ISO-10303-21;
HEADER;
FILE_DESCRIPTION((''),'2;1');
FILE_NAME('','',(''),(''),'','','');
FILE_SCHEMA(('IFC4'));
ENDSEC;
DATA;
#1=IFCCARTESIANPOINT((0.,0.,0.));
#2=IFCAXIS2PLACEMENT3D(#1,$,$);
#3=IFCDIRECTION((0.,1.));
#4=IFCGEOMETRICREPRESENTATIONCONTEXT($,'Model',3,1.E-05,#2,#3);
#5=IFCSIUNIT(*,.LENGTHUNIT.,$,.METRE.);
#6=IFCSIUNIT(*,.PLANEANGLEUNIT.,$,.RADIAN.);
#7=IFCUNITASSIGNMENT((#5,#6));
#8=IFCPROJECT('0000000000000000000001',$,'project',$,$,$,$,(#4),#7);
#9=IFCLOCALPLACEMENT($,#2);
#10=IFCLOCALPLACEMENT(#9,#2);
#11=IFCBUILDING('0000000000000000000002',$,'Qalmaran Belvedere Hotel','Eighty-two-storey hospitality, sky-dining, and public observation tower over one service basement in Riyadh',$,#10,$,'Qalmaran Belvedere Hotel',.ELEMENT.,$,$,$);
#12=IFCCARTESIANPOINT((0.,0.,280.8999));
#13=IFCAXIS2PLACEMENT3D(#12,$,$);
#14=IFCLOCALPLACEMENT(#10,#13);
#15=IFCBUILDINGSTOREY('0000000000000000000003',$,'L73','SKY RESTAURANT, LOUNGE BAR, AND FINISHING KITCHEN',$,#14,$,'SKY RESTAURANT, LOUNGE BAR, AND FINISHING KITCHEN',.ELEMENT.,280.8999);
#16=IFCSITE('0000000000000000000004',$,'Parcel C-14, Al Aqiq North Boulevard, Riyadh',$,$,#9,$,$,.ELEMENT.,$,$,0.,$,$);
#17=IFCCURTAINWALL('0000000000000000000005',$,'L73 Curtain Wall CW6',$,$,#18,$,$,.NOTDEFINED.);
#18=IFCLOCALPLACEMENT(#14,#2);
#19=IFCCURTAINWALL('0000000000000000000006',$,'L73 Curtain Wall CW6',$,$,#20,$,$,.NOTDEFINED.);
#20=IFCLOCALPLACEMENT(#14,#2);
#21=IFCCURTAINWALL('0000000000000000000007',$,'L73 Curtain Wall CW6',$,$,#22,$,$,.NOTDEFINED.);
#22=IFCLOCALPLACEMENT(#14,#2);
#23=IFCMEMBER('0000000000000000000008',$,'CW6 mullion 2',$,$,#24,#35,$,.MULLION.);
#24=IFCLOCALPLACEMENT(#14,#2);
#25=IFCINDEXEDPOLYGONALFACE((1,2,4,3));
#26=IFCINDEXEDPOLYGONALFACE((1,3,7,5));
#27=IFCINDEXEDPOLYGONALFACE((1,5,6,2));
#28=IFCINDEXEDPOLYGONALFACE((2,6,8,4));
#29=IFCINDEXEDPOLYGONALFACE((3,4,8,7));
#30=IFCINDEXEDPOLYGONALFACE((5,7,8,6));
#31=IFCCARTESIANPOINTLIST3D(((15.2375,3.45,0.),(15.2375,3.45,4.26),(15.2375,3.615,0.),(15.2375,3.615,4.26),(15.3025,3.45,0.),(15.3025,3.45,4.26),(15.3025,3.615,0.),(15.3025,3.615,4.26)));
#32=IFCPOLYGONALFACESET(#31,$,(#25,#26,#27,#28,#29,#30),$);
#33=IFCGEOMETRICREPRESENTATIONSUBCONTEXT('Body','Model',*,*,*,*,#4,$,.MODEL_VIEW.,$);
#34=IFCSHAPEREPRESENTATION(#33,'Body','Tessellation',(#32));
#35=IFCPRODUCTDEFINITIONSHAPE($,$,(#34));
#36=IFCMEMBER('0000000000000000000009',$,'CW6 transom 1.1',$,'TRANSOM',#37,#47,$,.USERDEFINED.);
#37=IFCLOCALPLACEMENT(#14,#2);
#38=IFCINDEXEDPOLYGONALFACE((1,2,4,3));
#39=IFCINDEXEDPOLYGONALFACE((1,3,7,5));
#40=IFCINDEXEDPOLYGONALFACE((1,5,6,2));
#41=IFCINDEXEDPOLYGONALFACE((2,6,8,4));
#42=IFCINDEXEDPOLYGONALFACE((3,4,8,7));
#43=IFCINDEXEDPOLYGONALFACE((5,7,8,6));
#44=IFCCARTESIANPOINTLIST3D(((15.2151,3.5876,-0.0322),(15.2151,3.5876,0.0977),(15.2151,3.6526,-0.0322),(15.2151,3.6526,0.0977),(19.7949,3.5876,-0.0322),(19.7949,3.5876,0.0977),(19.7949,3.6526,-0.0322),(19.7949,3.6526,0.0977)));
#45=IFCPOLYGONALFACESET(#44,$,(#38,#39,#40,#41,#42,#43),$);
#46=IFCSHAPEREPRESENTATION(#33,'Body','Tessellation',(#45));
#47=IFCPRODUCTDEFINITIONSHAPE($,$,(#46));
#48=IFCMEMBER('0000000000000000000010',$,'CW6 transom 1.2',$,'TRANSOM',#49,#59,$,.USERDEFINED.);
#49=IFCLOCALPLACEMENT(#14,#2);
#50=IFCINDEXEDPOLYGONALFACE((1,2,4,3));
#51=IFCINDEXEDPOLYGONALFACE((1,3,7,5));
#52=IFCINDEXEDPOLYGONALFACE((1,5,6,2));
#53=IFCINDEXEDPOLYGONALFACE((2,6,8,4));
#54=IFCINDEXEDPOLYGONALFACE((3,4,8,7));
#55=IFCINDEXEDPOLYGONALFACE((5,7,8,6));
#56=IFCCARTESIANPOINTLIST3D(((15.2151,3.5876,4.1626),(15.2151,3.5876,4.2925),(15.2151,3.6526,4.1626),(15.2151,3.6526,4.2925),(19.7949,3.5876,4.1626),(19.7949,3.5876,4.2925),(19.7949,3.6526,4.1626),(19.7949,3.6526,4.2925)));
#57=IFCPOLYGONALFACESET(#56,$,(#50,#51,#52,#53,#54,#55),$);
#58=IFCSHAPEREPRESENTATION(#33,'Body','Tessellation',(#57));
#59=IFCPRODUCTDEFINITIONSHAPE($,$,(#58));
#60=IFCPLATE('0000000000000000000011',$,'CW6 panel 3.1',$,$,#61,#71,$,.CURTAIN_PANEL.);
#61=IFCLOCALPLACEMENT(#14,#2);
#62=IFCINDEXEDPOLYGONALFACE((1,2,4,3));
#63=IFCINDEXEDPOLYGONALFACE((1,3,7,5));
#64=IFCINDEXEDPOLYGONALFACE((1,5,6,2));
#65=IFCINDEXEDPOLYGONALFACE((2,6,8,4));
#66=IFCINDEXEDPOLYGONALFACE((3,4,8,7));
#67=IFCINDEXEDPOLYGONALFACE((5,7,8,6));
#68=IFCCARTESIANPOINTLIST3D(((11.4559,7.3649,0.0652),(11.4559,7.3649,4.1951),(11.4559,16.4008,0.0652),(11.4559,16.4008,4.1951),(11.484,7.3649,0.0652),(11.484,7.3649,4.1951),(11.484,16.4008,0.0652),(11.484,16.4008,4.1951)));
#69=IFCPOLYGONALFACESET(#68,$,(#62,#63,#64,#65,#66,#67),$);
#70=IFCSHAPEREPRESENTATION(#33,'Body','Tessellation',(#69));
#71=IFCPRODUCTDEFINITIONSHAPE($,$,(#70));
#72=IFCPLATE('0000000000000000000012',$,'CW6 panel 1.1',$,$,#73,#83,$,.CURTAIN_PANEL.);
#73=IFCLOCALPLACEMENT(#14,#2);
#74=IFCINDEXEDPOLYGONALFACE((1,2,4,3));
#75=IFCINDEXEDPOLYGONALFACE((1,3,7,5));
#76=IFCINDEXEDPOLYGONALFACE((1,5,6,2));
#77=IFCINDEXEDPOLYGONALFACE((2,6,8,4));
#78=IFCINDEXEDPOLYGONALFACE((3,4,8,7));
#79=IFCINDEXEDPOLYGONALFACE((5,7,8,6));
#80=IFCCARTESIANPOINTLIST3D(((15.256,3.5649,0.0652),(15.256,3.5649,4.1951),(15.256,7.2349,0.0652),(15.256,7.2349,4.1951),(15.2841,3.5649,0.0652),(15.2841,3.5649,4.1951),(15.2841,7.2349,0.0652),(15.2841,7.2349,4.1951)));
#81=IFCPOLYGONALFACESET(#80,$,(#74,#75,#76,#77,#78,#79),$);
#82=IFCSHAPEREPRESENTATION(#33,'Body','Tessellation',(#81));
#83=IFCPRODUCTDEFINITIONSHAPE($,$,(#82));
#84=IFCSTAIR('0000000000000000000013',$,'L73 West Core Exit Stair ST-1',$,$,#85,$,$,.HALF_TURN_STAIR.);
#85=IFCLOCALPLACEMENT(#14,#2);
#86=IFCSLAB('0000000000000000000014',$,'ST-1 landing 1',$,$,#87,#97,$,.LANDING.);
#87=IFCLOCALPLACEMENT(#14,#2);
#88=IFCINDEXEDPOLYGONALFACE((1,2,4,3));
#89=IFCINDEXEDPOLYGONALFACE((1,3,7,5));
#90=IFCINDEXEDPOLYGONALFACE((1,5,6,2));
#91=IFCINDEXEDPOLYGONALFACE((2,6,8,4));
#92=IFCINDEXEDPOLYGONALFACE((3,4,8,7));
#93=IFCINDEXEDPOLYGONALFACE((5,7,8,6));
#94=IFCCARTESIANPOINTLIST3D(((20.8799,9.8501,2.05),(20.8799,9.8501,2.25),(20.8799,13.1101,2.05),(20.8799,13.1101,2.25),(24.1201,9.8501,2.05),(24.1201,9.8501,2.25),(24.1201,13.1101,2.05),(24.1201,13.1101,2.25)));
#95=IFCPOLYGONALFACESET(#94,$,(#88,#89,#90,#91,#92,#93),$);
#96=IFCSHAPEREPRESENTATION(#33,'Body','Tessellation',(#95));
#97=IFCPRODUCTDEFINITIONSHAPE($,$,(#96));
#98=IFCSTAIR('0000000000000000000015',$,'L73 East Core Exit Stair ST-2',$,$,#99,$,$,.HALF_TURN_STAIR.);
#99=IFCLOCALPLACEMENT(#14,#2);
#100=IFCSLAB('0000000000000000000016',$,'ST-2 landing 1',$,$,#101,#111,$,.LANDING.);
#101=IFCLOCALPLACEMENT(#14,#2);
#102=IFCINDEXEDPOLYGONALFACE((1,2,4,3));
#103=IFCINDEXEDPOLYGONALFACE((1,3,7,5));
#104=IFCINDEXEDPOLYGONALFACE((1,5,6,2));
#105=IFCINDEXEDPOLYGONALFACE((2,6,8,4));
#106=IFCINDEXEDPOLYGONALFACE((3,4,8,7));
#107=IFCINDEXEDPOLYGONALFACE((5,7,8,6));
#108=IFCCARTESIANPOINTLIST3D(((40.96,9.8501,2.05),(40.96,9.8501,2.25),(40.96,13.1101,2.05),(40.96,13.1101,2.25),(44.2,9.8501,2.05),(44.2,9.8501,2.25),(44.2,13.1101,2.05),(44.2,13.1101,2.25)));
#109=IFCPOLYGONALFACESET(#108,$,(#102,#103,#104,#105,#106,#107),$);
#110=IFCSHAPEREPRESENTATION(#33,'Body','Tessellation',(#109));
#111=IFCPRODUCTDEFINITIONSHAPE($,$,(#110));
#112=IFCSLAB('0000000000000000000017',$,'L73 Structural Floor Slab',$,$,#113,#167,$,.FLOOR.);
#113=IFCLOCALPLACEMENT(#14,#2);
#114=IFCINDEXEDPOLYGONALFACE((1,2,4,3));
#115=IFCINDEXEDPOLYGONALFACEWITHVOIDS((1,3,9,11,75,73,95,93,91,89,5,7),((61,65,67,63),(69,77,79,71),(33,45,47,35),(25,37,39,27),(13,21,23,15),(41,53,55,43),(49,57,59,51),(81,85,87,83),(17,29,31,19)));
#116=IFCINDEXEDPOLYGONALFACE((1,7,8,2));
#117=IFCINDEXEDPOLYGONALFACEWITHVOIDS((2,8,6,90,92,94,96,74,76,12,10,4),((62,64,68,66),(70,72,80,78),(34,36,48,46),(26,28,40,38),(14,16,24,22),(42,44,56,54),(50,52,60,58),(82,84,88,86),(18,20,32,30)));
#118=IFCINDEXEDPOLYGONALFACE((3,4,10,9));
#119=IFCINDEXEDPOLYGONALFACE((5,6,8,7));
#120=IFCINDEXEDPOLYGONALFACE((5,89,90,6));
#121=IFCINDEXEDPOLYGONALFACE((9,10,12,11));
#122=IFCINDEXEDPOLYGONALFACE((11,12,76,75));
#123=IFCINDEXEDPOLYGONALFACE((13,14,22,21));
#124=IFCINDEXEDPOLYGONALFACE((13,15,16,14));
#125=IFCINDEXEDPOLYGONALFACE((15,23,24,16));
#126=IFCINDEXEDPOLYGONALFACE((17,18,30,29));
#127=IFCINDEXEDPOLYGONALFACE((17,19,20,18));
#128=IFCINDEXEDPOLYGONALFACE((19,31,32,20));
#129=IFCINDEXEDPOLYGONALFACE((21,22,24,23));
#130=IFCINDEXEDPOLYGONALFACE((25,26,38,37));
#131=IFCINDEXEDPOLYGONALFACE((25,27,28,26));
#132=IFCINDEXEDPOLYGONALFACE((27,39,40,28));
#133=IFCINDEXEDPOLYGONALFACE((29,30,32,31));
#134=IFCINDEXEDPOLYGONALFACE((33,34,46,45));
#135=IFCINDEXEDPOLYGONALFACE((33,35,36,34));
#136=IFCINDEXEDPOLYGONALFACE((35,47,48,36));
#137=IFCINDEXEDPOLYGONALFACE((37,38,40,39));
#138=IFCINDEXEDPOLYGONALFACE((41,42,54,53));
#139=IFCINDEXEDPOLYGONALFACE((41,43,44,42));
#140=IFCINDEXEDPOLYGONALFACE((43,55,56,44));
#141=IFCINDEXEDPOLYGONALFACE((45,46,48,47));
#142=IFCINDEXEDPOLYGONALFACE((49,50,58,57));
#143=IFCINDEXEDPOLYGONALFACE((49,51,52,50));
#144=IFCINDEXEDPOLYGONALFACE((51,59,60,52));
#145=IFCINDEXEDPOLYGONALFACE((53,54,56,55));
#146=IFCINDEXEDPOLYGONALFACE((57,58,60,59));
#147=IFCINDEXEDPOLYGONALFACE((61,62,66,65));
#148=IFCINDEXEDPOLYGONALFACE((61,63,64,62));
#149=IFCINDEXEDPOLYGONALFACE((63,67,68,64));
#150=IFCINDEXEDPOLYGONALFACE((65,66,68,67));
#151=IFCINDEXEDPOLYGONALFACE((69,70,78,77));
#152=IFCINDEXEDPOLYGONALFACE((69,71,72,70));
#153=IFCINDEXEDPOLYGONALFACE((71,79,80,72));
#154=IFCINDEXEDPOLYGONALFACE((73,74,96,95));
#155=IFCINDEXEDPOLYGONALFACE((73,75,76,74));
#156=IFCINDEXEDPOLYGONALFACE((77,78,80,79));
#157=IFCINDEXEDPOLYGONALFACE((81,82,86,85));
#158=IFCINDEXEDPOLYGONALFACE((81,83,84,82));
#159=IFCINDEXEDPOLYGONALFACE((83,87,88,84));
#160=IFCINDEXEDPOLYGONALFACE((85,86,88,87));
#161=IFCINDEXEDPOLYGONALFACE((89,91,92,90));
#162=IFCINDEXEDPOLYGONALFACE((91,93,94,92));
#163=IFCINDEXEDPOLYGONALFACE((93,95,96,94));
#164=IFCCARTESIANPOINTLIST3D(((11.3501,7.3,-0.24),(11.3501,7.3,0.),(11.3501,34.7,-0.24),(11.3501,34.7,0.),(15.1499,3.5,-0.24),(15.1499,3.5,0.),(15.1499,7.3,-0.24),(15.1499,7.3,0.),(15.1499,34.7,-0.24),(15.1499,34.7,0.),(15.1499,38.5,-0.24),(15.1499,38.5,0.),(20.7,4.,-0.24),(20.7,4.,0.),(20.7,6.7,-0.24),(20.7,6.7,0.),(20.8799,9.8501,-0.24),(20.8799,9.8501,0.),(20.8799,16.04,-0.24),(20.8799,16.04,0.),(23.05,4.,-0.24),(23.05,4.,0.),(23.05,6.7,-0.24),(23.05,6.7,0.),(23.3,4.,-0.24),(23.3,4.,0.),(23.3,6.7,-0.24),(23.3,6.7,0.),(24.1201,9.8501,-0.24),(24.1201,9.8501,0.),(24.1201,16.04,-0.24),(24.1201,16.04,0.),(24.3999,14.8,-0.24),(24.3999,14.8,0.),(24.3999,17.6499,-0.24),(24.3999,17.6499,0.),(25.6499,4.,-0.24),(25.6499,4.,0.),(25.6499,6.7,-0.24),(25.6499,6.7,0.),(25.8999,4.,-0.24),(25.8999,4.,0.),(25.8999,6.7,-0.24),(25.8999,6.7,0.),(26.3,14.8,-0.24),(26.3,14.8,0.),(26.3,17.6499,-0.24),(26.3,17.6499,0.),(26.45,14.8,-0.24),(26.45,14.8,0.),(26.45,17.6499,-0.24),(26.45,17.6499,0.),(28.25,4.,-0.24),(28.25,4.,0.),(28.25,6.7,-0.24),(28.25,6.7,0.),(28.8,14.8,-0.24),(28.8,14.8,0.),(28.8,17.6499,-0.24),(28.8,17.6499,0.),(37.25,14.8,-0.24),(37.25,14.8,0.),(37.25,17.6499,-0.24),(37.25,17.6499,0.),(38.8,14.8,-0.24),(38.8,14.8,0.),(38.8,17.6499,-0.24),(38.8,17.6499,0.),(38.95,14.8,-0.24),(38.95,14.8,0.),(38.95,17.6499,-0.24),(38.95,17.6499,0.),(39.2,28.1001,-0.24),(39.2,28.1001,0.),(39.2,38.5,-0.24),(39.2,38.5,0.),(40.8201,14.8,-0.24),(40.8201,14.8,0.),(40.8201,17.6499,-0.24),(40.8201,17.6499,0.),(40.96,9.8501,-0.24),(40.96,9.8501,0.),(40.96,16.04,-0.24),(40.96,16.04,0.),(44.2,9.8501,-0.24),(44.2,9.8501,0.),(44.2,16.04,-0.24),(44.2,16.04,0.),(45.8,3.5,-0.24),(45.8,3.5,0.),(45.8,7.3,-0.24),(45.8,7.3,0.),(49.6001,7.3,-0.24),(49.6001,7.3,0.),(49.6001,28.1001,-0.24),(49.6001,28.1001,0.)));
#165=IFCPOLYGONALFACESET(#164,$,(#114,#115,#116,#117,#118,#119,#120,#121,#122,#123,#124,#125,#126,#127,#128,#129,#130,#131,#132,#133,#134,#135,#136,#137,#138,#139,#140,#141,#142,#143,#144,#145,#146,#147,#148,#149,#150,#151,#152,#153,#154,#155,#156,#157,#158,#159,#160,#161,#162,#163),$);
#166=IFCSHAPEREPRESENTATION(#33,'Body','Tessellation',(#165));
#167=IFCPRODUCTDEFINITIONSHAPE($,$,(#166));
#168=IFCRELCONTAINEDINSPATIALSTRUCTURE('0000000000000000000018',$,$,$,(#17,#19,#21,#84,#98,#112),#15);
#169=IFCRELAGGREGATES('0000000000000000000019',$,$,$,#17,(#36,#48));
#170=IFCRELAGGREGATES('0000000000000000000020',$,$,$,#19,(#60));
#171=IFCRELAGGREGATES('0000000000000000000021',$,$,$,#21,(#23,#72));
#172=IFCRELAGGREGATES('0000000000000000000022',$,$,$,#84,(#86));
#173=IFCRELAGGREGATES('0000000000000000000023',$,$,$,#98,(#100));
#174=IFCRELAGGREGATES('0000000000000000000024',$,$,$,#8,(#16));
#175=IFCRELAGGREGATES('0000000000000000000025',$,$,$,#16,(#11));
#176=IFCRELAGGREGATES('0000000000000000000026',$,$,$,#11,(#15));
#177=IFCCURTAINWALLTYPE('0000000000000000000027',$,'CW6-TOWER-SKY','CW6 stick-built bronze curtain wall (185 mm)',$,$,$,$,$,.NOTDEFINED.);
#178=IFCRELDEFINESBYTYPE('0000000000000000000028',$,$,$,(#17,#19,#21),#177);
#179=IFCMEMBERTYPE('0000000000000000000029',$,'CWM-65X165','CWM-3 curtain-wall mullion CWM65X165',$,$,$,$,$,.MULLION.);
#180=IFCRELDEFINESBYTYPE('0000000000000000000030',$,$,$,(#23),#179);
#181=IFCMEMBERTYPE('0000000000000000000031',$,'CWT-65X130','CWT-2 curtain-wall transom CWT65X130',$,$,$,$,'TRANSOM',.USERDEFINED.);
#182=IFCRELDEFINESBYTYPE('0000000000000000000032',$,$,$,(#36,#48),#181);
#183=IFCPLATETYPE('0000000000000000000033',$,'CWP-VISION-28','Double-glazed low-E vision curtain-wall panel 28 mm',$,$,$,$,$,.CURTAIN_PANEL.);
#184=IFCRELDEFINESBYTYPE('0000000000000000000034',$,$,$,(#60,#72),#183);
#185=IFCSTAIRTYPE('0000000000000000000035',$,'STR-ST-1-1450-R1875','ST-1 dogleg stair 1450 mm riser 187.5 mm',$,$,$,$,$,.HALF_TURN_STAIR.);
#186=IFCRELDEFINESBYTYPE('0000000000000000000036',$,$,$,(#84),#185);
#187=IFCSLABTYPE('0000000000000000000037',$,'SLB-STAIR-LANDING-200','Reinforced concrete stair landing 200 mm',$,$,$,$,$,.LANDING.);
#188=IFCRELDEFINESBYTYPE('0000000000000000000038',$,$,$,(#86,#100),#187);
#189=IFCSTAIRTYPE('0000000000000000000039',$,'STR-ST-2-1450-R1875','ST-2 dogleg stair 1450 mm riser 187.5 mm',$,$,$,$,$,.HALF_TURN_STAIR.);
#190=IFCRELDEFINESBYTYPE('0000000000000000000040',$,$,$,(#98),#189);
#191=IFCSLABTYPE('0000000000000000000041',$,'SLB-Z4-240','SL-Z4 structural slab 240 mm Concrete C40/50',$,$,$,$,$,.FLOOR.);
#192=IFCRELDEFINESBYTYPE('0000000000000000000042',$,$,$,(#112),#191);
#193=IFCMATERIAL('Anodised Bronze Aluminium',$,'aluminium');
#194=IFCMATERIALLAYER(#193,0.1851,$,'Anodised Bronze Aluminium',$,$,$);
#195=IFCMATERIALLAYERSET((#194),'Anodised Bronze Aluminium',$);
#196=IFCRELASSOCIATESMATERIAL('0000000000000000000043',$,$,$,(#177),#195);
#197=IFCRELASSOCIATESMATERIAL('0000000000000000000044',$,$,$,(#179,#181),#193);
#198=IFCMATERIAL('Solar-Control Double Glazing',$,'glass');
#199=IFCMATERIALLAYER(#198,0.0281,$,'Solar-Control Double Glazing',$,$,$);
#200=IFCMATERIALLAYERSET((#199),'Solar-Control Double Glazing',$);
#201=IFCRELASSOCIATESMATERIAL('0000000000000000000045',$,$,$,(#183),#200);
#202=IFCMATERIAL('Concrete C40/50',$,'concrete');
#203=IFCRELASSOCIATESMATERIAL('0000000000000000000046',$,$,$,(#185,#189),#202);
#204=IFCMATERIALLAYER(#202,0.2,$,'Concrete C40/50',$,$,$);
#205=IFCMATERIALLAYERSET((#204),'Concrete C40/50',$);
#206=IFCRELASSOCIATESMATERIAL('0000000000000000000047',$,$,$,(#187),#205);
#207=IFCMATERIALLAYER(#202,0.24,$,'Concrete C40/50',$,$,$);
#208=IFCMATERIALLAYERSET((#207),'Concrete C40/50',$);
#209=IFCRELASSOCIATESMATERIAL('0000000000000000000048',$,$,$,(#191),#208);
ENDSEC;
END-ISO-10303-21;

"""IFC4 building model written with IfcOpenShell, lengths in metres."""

from ifc_helpers import new_model, si_unit, direction, frame, origin, origin_2d, place, context, subcontext, project, spatial, polyline, rectangle, outline, extrude, material, layer, layer_set, material_profile, profile_set, type_object, element, aggregate, save


model = new_model("IFC4")

# Units and contexts
model_context = context("Model", 3, precision=1e-05, world=origin(), true_north=direction((0.0, 1.0)))
body_context = subcontext(model_context, "Body", "Model", "MODEL_VIEW")
ifc_project = project(units=[si_unit("LENGTHUNIT", "METRE"), si_unit("PLANEANGLEUNIT", "RADIAN")], contexts=[model_context])

# Site, building, storey
site_placement = place(None, origin())
site = spatial("IfcSite", under=ifc_project, at=site_placement, Name="Parcel C-14, Al Aqiq North Boulevard, Riyadh", CompositionType="ELEMENT", RefElevation=0.0)
building_placement = place(site_placement, origin())
building = spatial("IfcBuilding", under=site, at=building_placement, Name="Qalmaran Belvedere Hotel", Description="Eighty-two-storey hospitality, sky-dining, and public observation tower over one service basement in Riyadh", LongName="Qalmaran Belvedere Hotel", CompositionType="ELEMENT")
storey_placement = place(building_placement, frame((0.0, 0.0, 280.8999)))
storey = spatial("IfcBuildingStorey", under=building, at=storey_placement, Name="L73", Description="SKY RESTAURANT, LOUNGE BAR, AND FINISHING KITCHEN", LongName="SKY RESTAURANT, LOUNGE BAR, AND FINISHING KITCHEN", CompositionType="ELEMENT", Elevation=280.8999)

# Curtain walls, member
ifc_material_1 = material(Name="Anodised Bronze Aluminium", Category="aluminium")
ifc_layer_1 = layer(ifc_material_1, 0.1851, Name="Anodised Bronze Aluminium")
ifc_layer_set_1 = layer_set([ifc_layer_1], Name="Anodised Bronze Aluminium")
curtain_wall_type = type_object("IfcCurtainWallType", Name="CW6-TOWER-SKY", Description="CW6 stick-built bronze curtain wall (185 mm)", PredefinedType="NOTDEFINED", material=ifc_layer_set_1)
curtain_wall_1_placement = place(storey_placement, origin())
curtain_wall_1 = element("IfcCurtainWall", 1, at=curtain_wall_1_placement, inside=storey, type_object=curtain_wall_type, Name="L73 Curtain Wall CW6", PredefinedType="NOTDEFINED")
ifc_material_profile_1 = material_profile(ifc_material_1, rectangle(XDim=0.0649, YDim=0.165, at=origin_2d()), Name="CWM65X165")
ifc_profile_set_1 = profile_set([ifc_material_profile_1], Name="Anodised Bronze Aluminium")
member_type_1 = type_object("IfcMemberType", Name="CWM-65X165", Description="CWM-3 curtain-wall mullion CWM65X165", PredefinedType="MULLION", material=ifc_profile_set_1)
curtain_wall_2_placement = place(storey_placement, origin())
curtain_wall_2 = element("IfcCurtainWall", 2, at=curtain_wall_2_placement, inside=storey, type_object=curtain_wall_type, Name="L73 Curtain Wall CW6", PredefinedType="NOTDEFINED")
curtain_wall_3_placement = place(storey_placement, origin())
curtain_wall_3 = element("IfcCurtainWall", 3, at=curtain_wall_3_placement, inside=storey, type_object=curtain_wall_type, Name="L73 Curtain Wall CW6", PredefinedType="NOTDEFINED")
member_1_placement = place(storey_placement, frame((15.27, 3.5325, 0.0), z_axis=(0.0, 0.0, 1.0), x_axis=(1.0, 0.0, 0.0)))
member_1 = element("IfcMember", 4, at=member_1_placement, type_object=member_type_1, Name="CW6 mullion 2", PredefinedType="MULLION", context=body_context, shape_type="SweptSolid", body=[
    extrude(rectangle(XDim=0.0649, YDim=0.165, at=origin_2d()), origin(), (0.0, 0.0, 1.0), 4.26),
])

# Members
ifc_material_profile_2 = material_profile(ifc_material_1, rectangle(XDim=0.0649, YDim=0.1299, at=origin_2d()), Name="CWT65X130")
ifc_profile_set_2 = profile_set([ifc_material_profile_2], Name="Anodised Bronze Aluminium")
member_type_2 = type_object("IfcMemberType", Name="CWT-65X130", Description="CWT-2 curtain-wall transom CWT65X130", ElementType="TRANSOM", PredefinedType="USERDEFINED", material=ifc_profile_set_2)
member_2_placement = place(storey_placement, frame((15.2151, 3.6201, 0.0327), z_axis=(1.0, 0.0, 0.0), x_axis=(0.0, 1.0, 0.0)))
member_2 = element("IfcMember", 5, at=member_2_placement, type_object=member_type_2, Name="CW6 transom 1.1", ObjectType="TRANSOM", PredefinedType="USERDEFINED", context=body_context, shape_type="SweptSolid", body=[
    extrude(rectangle(XDim=0.0649, YDim=0.1299, at=origin_2d()), origin(), (0.0, 0.0, 1.0), 4.5798),
])
member_3_placement = place(storey_placement, frame((15.2151, 3.6201, 4.2275), z_axis=(1.0, 0.0, 0.0), x_axis=(0.0, 1.0, 0.0)))
member_3 = element("IfcMember", 6, at=member_3_placement, type_object=member_type_2, Name="CW6 transom 1.2", ObjectType="TRANSOM", PredefinedType="USERDEFINED", context=body_context, shape_type="SweptSolid", body=[
    extrude(rectangle(XDim=0.0649, YDim=0.1299, at=origin_2d()), origin(), (0.0, 0.0, 1.0), 4.5798),
])
aggregate(curtain_wall_1, [member_2, member_3])

# Plates
ifc_material_2 = material(Name="Solar-Control Double Glazing", Category="glass")
ifc_layer_2 = layer(ifc_material_2, 0.0281, Name="Solar-Control Double Glazing")
ifc_layer_set_2 = layer_set([ifc_layer_2], Name="Solar-Control Double Glazing")
plate_type = type_object("IfcPlateType", Name="CWP-VISION-28", Description="Double-glazed low-E vision curtain-wall panel 28 mm", PredefinedType="CURTAIN_PANEL", material=ifc_layer_set_2)
plate_1_placement = place(storey_placement, frame((11.47, 11.8828, 0.0652), z_axis=(0.0, 0.0, 1.0), x_axis=(0.0, -1.0, 0.0)))
plate_1 = element("IfcPlate", 7, at=plate_1_placement, type_object=plate_type, Name="CW6 panel 3.1", PredefinedType="CURTAIN_PANEL", context=body_context, shape_type="SweptSolid", body=[
    extrude(rectangle(XDim=9.0359, YDim=0.0281, at=origin_2d()), origin(), (0.0, 0.0, 1.0), 4.1299),
])
aggregate(curtain_wall_2, [plate_1])
plate_2_placement = place(storey_placement, frame((15.27, 5.3999, 0.0652), z_axis=(0.0, 0.0, 1.0), x_axis=(0.0, -1.0, 0.0)))
plate_2 = element("IfcPlate", 8, at=plate_2_placement, type_object=plate_type, Name="CW6 panel 1.1", PredefinedType="CURTAIN_PANEL", context=body_context, shape_type="SweptSolid", body=[
    extrude(rectangle(XDim=3.6699, YDim=0.0281, at=origin_2d()), origin(), (0.0, 0.0, 1.0), 4.1299),
])
aggregate(curtain_wall_3, [member_1, plate_2])

# Stairs, slabs
ifc_material_3 = material(Name="Concrete C40/50", Category="concrete")
stair_type_1 = type_object("IfcStairType", Name="STR-ST-1-1450-R1875", Description="ST-1 dogleg stair 1450 mm riser 187.5 mm", PredefinedType="HALF_TURN_STAIR", material=ifc_material_3)
stair_1_placement = place(storey_placement, origin())
stair_1 = element("IfcStair", 9, at=stair_1_placement, inside=storey, type_object=stair_type_1, Name="L73 West Core Exit Stair ST-1", PredefinedType="HALF_TURN_STAIR")
ifc_layer_3 = layer(ifc_material_3, 0.2, Name="Concrete C40/50")
ifc_layer_set_3 = layer_set([ifc_layer_3], Name="Concrete C40/50")
slab_type_1 = type_object("IfcSlabType", Name="SLB-STAIR-LANDING-200", Description="Reinforced concrete stair landing 200 mm", PredefinedType="LANDING", material=ifc_layer_set_3)
slab_1_placement = place(storey_placement, frame((0.0, 0.0, 2.05)))
slab_1 = element("IfcSlab", 10, at=slab_1_placement, type_object=slab_type_1, Name="ST-1 landing 1", PredefinedType="LANDING", context=body_context, shape_type="SweptSolid", body=[
    extrude(outline(polyline([(20.8799, 13.1101), (20.8799, 9.8501), (24.1201, 9.8501), (24.1201, 13.1101), (20.8799, 13.1101)])), origin(), (0.0, 0.0, 1.0), 0.2),
])
aggregate(stair_1, [slab_1])
stair_type_2 = type_object("IfcStairType", Name="STR-ST-2-1450-R1875", Description="ST-2 dogleg stair 1450 mm riser 187.5 mm", PredefinedType="HALF_TURN_STAIR", material=ifc_material_3)
stair_2_placement = place(storey_placement, origin())
stair_2 = element("IfcStair", 11, at=stair_2_placement, inside=storey, type_object=stair_type_2, Name="L73 East Core Exit Stair ST-2", PredefinedType="HALF_TURN_STAIR")
slab_2_placement = place(storey_placement, frame((0.0, 0.0, 2.05)))
slab_2 = element("IfcSlab", 12, at=slab_2_placement, type_object=slab_type_1, Name="ST-2 landing 1", PredefinedType="LANDING", context=body_context, shape_type="SweptSolid", body=[
    extrude(outline(polyline([(40.96, 13.1101), (40.96, 9.8501), (44.2, 9.8501), (44.2, 13.1101), (40.96, 13.1101)])), origin(), (0.0, 0.0, 1.0), 0.2),
])
aggregate(stair_2, [slab_2])

# Slab
ifc_layer_4 = layer(ifc_material_3, 0.24, Name="Concrete C40/50")
ifc_layer_set_4 = layer_set([ifc_layer_4], Name="Concrete C40/50")
slab_type_2 = type_object("IfcSlabType", Name="SLB-Z4-240", Description="SL-Z4 structural slab 240 mm Concrete C40/50", PredefinedType="FLOOR", material=ifc_layer_set_4)
slab_3_placement = place(storey_placement, frame((0.0, 0.0, -0.24)))
element("IfcSlab", 13, at=slab_3_placement, inside=storey, type_object=slab_type_2, Name="L73 Structural Floor Slab", PredefinedType="FLOOR", context=body_context, shape_type="SweptSolid", body=[
    extrude(outline(polyline([(15.1499, 3.5), (45.8, 3.5), (45.8, 7.3), (49.6001, 7.3), (49.6001, 28.1001), (39.2, 28.1001), (39.2, 38.5), (15.1499, 38.5), (15.1499, 34.7), (11.3501, 34.7), (11.3501, 7.3), (15.1499, 7.3), (15.1499, 3.5)]), holes=[polyline([(20.8799, 9.8501), (24.1201, 9.8501), (24.1201, 16.04), (20.8799, 16.04), (20.8799, 9.8501)]), polyline([(40.96, 9.8501), (44.2, 9.8501), (44.2, 16.04), (40.96, 16.04), (40.96, 9.8501)]), polyline([(20.7, 4.0), (23.05, 4.0), (23.05, 6.7), (20.7, 6.7), (20.7, 4.0)]), polyline([(23.3, 4.0), (25.6499, 4.0), (25.6499, 6.7), (23.3, 6.7), (23.3, 4.0)]), polyline([(25.8999, 4.0), (28.25, 4.0), (28.25, 6.7), (25.8999, 6.7), (25.8999, 4.0)]), polyline([(24.3999, 14.8), (26.3, 14.8), (26.3, 17.6499), (24.3999, 17.6499), (24.3999, 14.8)]), polyline([(38.95, 14.8), (40.8201, 14.8), (40.8201, 17.6499), (38.95, 17.6499), (38.95, 14.8)]), polyline([(26.45, 14.8), (28.8, 14.8), (28.8, 17.6499), (26.45, 17.6499), (26.45, 14.8)]), polyline([(37.25, 14.8), (38.8, 14.8), (38.8, 17.6499), (37.25, 17.6499), (37.25, 14.8)])]), origin(), (0.0, 0.0, 1.0), 0.24),
])

save(model, "model.ifc")
